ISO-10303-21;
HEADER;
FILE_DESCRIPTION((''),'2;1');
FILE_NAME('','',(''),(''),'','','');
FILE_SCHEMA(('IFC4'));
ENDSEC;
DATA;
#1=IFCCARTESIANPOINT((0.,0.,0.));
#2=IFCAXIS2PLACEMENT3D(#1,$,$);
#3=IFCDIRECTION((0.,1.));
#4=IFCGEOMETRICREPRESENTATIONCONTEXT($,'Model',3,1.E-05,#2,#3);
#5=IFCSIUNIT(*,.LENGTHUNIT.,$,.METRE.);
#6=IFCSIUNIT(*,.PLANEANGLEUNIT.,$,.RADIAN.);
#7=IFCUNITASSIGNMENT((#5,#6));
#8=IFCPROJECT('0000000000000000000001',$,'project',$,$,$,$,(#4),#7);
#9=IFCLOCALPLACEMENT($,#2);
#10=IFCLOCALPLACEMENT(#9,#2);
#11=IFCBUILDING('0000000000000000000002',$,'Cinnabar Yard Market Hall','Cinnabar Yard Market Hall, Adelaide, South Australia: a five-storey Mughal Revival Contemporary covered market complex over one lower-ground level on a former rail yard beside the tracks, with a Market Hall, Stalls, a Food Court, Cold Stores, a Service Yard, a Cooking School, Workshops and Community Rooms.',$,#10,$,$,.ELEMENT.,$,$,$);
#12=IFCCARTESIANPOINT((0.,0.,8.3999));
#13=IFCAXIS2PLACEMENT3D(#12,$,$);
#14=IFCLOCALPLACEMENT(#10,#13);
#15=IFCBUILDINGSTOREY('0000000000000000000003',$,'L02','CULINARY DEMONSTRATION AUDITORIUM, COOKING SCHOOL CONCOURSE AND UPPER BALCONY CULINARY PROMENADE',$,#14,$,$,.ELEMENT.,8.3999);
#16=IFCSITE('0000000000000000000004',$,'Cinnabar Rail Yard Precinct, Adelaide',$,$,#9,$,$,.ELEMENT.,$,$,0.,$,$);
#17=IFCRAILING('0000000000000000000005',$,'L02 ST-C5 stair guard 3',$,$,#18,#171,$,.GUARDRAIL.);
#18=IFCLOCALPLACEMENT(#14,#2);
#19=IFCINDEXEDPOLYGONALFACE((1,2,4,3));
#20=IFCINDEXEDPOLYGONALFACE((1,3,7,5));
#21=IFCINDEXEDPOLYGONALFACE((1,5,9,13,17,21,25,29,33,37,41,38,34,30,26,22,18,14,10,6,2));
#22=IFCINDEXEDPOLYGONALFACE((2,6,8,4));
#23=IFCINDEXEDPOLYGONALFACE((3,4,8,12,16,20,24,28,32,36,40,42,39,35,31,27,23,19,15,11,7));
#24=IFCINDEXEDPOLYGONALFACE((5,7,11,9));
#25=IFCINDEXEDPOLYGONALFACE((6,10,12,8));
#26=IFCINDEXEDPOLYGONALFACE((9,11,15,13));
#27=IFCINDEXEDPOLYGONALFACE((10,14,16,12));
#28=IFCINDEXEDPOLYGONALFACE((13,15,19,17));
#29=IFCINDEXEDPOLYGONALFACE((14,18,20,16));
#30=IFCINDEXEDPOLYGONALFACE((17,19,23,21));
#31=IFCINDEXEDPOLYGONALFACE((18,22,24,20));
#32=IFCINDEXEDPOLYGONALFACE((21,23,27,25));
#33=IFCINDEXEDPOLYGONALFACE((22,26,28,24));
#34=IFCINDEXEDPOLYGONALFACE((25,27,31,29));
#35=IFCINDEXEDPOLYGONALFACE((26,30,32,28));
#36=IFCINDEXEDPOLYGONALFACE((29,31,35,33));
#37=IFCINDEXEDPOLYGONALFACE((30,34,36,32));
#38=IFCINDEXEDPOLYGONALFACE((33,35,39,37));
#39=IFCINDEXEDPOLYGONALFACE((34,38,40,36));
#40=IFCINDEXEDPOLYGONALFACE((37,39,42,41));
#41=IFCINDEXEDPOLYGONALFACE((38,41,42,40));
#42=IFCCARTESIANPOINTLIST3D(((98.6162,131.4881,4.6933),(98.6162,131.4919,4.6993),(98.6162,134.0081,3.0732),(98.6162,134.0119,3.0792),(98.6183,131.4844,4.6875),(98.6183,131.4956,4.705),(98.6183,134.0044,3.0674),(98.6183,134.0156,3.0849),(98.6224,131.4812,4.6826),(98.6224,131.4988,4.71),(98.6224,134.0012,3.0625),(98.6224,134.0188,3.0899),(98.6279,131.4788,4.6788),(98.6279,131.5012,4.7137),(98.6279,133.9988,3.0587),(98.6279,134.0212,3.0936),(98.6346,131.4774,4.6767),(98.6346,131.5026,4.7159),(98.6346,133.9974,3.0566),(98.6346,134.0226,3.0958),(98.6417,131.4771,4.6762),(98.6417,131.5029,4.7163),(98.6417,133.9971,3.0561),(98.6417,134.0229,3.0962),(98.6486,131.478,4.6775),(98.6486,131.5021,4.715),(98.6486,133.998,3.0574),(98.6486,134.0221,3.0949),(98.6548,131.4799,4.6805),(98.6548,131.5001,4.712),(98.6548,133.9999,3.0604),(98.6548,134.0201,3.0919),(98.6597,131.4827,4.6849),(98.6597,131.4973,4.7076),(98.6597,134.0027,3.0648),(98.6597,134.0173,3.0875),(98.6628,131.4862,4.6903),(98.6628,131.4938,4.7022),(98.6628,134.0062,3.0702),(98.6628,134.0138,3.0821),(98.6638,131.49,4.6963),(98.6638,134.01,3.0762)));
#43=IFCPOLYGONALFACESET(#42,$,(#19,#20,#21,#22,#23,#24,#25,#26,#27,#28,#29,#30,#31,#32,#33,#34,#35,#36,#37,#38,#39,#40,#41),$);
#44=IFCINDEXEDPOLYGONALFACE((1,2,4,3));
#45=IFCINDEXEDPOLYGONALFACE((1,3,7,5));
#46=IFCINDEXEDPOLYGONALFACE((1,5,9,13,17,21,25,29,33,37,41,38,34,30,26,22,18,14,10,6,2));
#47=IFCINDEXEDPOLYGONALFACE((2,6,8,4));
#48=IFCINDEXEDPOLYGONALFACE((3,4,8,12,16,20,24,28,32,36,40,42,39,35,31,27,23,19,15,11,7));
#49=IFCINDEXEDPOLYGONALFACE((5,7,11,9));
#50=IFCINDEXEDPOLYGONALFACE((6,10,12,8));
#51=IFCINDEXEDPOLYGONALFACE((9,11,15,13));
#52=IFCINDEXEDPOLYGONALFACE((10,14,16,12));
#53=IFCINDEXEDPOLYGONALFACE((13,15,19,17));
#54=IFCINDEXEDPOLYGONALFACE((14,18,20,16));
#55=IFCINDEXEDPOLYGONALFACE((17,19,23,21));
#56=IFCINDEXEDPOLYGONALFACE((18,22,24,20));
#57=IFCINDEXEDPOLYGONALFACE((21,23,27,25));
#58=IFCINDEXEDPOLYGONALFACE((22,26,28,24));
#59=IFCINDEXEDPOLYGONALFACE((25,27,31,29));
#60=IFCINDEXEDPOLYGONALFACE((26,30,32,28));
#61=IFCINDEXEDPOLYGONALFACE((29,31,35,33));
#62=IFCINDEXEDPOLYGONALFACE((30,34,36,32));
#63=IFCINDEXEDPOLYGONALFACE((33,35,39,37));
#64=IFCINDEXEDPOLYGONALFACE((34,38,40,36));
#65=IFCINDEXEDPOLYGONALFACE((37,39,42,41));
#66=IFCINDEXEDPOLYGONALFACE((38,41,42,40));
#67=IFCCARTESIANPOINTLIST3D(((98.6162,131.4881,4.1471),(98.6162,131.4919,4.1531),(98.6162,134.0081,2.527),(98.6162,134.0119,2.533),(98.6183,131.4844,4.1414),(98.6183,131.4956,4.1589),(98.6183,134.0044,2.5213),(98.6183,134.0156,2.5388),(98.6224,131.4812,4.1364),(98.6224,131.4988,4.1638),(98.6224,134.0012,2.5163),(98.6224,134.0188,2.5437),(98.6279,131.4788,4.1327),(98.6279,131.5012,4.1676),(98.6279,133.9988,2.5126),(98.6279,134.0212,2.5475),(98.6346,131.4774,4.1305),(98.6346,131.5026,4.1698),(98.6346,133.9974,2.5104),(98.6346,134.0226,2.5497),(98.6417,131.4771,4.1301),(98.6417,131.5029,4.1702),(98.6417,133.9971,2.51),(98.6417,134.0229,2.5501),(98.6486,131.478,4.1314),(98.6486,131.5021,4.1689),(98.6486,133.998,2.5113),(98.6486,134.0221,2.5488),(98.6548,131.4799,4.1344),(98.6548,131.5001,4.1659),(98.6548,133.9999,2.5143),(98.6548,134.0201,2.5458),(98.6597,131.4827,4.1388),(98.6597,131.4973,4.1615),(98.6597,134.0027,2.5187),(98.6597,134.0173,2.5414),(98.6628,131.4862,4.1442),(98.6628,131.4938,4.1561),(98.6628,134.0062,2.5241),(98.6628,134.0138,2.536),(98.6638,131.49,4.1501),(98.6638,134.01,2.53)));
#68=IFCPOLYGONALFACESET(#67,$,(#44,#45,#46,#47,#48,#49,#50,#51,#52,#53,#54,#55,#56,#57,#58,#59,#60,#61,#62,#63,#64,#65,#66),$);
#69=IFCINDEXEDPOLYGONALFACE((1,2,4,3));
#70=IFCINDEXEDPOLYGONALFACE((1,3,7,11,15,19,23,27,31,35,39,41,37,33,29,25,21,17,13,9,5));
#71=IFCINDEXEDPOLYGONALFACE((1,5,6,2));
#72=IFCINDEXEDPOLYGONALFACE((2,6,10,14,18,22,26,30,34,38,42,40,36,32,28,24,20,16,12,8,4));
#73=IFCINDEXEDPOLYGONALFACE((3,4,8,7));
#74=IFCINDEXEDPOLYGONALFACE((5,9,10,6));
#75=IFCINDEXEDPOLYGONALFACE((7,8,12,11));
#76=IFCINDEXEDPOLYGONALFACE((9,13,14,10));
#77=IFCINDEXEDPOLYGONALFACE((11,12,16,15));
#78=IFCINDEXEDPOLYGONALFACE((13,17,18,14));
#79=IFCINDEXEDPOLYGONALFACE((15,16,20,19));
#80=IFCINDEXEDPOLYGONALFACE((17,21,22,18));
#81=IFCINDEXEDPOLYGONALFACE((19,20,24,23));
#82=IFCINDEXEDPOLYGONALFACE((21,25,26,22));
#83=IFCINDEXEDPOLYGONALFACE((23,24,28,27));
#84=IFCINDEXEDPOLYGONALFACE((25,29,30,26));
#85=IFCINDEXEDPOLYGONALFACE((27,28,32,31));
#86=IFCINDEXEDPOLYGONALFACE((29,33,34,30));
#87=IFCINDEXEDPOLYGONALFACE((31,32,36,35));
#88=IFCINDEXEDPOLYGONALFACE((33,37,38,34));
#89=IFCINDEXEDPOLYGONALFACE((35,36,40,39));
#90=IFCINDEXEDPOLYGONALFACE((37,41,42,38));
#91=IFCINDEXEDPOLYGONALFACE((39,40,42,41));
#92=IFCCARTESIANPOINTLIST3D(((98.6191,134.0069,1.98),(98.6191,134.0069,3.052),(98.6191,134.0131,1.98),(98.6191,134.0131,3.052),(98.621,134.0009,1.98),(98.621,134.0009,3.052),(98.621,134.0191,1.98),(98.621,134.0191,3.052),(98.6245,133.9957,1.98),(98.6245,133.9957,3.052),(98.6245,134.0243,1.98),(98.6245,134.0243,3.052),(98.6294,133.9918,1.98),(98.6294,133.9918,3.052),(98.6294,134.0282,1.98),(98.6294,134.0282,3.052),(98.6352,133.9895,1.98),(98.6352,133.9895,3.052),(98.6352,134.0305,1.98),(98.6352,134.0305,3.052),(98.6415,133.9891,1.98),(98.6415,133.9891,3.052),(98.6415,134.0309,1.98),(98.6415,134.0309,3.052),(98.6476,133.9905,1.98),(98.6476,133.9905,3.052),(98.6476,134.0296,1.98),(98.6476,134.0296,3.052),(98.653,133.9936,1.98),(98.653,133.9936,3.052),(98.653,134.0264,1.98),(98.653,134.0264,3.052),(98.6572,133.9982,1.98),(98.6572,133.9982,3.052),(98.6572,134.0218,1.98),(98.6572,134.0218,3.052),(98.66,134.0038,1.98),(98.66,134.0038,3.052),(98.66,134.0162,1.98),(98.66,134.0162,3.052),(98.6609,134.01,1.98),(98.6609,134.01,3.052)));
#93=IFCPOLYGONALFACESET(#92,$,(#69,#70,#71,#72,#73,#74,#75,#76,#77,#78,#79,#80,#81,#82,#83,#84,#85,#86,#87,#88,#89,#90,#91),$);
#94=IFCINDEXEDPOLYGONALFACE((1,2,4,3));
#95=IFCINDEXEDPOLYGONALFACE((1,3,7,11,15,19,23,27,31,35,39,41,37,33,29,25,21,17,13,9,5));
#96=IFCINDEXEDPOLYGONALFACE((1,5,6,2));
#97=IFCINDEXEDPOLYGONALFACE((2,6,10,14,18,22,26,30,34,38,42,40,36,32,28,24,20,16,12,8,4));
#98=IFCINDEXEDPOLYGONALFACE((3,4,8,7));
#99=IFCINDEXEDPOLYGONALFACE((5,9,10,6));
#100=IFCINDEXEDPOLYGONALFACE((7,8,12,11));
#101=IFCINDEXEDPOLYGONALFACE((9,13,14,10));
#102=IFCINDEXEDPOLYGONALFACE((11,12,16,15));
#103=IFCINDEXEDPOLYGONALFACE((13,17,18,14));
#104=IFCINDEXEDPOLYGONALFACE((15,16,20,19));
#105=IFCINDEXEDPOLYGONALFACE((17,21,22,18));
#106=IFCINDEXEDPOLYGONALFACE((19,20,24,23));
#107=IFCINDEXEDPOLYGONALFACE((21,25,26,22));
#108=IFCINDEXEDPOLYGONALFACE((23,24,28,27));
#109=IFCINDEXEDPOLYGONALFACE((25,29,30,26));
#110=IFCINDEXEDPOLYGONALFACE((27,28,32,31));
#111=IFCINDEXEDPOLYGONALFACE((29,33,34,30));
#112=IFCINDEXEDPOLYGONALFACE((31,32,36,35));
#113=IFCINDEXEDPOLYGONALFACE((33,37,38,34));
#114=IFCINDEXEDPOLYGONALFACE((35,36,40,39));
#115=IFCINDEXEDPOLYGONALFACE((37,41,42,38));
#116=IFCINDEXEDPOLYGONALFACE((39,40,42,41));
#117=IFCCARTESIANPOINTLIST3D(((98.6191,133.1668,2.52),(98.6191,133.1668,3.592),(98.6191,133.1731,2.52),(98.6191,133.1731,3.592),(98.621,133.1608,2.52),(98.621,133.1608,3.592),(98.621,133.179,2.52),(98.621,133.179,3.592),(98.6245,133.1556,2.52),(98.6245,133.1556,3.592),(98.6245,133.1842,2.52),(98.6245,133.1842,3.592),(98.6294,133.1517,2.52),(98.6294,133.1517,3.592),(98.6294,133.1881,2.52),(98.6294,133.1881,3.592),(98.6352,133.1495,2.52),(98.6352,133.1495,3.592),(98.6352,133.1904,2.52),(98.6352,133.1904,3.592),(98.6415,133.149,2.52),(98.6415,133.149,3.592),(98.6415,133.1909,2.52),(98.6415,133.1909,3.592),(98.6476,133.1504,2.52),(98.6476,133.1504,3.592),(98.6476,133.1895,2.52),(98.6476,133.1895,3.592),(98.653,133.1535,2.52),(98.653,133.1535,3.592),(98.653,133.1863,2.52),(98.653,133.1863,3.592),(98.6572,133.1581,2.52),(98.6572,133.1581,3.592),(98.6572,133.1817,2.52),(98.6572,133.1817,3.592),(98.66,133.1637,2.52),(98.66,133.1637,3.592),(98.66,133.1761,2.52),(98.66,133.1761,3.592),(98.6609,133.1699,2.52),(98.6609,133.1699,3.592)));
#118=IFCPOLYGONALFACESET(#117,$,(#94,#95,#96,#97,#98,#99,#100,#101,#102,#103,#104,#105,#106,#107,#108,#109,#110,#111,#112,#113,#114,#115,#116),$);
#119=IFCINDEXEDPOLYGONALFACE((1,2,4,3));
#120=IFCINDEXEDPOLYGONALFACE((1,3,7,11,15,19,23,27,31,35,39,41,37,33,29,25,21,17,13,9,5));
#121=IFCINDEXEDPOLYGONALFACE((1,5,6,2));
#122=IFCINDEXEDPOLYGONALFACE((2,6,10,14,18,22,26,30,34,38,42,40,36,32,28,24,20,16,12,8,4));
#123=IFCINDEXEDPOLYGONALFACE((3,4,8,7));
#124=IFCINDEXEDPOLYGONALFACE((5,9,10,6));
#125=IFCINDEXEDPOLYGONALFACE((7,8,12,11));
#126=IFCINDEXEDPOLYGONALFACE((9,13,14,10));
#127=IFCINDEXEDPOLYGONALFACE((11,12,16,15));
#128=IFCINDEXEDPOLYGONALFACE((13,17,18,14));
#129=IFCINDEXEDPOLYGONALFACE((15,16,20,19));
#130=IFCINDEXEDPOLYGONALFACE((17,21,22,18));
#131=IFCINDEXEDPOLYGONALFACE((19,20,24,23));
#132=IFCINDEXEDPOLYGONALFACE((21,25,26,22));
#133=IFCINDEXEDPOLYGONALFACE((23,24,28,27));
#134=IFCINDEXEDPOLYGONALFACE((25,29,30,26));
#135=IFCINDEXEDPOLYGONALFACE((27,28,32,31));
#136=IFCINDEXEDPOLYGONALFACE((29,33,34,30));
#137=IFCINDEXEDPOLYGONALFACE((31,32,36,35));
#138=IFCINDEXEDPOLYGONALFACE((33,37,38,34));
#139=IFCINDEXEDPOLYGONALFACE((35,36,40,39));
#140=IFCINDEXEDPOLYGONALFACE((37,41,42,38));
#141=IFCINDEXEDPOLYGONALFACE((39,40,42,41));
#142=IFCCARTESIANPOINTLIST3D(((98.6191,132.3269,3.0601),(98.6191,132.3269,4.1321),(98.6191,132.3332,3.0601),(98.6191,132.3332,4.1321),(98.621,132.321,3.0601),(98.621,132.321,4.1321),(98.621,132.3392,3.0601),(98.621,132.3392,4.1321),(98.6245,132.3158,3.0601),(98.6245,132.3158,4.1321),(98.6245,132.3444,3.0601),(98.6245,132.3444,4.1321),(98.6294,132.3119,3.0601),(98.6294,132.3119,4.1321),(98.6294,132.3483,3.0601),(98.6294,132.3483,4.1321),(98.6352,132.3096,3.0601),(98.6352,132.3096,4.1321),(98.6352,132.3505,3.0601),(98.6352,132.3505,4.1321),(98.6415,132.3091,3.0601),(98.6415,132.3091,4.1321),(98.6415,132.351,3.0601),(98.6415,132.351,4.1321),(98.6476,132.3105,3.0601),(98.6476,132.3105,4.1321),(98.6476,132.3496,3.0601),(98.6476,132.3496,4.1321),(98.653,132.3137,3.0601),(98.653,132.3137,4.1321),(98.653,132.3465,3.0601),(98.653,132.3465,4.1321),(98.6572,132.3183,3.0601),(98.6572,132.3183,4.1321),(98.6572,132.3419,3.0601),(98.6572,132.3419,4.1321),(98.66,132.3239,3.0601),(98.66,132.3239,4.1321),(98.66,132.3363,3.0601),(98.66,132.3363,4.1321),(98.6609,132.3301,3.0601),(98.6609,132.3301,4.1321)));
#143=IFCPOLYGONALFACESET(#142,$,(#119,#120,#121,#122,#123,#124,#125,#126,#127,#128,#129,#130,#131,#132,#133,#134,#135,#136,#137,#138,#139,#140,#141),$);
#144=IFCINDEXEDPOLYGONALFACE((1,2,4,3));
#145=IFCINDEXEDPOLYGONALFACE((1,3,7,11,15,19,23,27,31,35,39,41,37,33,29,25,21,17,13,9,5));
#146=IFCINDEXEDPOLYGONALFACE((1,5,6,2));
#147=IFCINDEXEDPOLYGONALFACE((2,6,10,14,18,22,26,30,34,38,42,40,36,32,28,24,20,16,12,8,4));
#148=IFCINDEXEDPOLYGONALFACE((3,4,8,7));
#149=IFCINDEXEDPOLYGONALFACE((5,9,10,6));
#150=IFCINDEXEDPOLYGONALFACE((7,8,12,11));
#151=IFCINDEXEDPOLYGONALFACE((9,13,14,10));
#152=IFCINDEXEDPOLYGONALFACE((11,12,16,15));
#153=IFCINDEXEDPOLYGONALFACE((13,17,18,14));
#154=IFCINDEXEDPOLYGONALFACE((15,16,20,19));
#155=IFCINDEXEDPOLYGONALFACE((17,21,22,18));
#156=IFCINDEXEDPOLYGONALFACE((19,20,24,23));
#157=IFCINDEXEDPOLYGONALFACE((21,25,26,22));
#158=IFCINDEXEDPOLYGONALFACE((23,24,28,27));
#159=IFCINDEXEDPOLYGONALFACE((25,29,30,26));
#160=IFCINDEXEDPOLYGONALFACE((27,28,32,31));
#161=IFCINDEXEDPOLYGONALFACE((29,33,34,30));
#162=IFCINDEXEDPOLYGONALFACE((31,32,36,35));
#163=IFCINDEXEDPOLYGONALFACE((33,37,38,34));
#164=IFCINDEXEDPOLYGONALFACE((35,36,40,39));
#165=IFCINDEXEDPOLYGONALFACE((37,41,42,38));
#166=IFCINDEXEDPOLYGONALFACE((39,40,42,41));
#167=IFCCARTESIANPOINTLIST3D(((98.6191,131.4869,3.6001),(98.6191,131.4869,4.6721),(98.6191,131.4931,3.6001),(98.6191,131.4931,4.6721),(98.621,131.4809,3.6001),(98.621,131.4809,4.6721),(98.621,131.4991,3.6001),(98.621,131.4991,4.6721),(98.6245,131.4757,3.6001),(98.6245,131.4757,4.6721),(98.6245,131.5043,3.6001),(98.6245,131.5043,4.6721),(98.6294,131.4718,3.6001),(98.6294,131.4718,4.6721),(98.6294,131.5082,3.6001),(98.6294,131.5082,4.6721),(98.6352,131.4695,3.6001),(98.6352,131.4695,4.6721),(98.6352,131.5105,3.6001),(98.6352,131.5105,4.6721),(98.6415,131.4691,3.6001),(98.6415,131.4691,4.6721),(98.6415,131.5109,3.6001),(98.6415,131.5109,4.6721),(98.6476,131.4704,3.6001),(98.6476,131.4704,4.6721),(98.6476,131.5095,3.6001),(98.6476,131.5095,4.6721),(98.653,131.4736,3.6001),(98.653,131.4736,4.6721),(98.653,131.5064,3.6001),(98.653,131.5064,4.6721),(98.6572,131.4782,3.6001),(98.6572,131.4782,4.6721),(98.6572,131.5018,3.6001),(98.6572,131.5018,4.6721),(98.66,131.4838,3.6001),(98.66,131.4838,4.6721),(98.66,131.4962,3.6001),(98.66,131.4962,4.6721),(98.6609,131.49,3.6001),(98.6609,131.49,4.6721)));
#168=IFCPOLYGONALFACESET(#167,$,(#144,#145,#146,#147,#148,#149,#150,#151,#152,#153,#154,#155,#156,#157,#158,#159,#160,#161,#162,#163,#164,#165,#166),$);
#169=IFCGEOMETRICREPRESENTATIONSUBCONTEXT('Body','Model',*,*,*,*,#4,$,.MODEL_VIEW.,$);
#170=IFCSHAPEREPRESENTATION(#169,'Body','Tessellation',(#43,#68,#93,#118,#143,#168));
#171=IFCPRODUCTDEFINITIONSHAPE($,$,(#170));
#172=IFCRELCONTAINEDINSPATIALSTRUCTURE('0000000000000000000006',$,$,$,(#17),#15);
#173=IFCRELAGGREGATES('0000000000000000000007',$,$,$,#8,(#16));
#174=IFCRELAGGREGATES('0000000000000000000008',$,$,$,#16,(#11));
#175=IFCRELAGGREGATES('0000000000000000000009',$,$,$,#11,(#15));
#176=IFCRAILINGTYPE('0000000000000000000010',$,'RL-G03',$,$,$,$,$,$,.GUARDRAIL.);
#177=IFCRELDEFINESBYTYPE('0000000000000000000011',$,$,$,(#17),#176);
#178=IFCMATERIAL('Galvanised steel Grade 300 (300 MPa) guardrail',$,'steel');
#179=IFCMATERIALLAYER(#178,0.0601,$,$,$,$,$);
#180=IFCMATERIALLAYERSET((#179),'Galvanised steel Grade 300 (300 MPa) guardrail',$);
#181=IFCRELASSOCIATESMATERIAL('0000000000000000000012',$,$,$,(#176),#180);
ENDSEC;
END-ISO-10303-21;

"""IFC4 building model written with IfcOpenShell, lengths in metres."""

from ifc_helpers import new_model, si_unit, direction, frame, origin, origin_2d_with_axis, place, context, subcontext, project, spatial, circle, extrude, material, layer, layer_set, type_object, element, save


model = new_model("IFC4")

# Units and contexts
model_context = context("Model", 3, precision=1e-05, world=origin(), true_north=direction((0.0, 1.0)))
body_context = subcontext(model_context, "Body", "Model", "MODEL_VIEW")
ifc_project = project(units=[si_unit("LENGTHUNIT", "METRE"), si_unit("PLANEANGLEUNIT", "RADIAN")], contexts=[model_context])

# Site, building, storey
site_placement = place(None, origin())
site = spatial("IfcSite", under=ifc_project, at=site_placement, Name="Cinnabar Rail Yard Precinct, Adelaide", CompositionType="ELEMENT", RefElevation=0.0)
building_placement = place(site_placement, origin())
building = spatial("IfcBuilding", under=site, at=building_placement, Name="Cinnabar Yard Market Hall", Description="Cinnabar Yard Market Hall, Adelaide, South Australia: a five-storey Mughal Revival Contemporary covered market complex over one lower-ground level on a former rail yard beside the tracks, with a Market Hall, Stalls, a Food Court, Cold Stores, a Service Yard, a Cooking School, Workshops and Community Rooms.", CompositionType="ELEMENT")
storey_placement = place(building_placement, frame((0.0, 0.0, 8.3999)))
storey = spatial("IfcBuildingStorey", under=building, at=storey_placement, Name="L02", Description="CULINARY DEMONSTRATION AUDITORIUM, COOKING SCHOOL CONCOURSE AND UPPER BALCONY CULINARY PROMENADE", CompositionType="ELEMENT", Elevation=8.3999)

# Railing
ifc_material_1 = material(Name="Galvanised steel Grade 300 (300 MPa) guardrail", Category="steel")
ifc_layer_1 = layer(ifc_material_1, 0.0601)
ifc_layer_set_1 = layer_set([ifc_layer_1], Name="Galvanised steel Grade 300 (300 MPa) guardrail")
railing_type_1 = type_object("IfcRailingType", Name="RL-G03", PredefinedType="GUARDRAIL", material=ifc_layer_set_1)
railing_1_placement = place(storey_placement, frame((98.6399, 134.01, 1.98)))
element("IfcRailing", 1, at=railing_1_placement, inside=storey, type_object=railing_type_1, Name="L02 ST-C5 stair guard 3", PredefinedType="GUARDRAIL", context=body_context, shape_type="SweptSolid", body=[
    extrude(circle(Radius=0.0239, at=origin_2d_with_axis()), frame((0.0, 0.0, 1.0962), z_axis=(0.0, -0.841163, 0.540782), x_axis=(1.0, 0.0, 0.0)), (0.0, 0.0, 1.0), 2.9958),
    extrude(circle(Radius=0.0239, at=origin_2d_with_axis()), frame((0.0, 0.0, 0.55), z_axis=(0.0, -0.841163, 0.540782), x_axis=(1.0, 0.0, 0.0)), (0.0, 0.0, 1.0), 2.9958),
    extrude(circle(Radius=0.021, at=origin_2d_with_axis()), origin(), (0.0, 0.0, 1.0), 1.072),
    extrude(circle(Radius=0.021, at=origin_2d_with_axis()), frame((0.0, -0.8401, 0.54)), (0.0, 0.0, 1.0), 1.072),
    extrude(circle(Radius=0.021, at=origin_2d_with_axis()), frame((0.0, -1.6799, 1.0801)), (0.0, 0.0, 1.0), 1.072),
    extrude(circle(Radius=0.021, at=origin_2d_with_axis()), frame((0.0, -2.52, 1.6201)), (0.0, 0.0, 1.0), 1.072),
])

save(model, "model.ifc")
